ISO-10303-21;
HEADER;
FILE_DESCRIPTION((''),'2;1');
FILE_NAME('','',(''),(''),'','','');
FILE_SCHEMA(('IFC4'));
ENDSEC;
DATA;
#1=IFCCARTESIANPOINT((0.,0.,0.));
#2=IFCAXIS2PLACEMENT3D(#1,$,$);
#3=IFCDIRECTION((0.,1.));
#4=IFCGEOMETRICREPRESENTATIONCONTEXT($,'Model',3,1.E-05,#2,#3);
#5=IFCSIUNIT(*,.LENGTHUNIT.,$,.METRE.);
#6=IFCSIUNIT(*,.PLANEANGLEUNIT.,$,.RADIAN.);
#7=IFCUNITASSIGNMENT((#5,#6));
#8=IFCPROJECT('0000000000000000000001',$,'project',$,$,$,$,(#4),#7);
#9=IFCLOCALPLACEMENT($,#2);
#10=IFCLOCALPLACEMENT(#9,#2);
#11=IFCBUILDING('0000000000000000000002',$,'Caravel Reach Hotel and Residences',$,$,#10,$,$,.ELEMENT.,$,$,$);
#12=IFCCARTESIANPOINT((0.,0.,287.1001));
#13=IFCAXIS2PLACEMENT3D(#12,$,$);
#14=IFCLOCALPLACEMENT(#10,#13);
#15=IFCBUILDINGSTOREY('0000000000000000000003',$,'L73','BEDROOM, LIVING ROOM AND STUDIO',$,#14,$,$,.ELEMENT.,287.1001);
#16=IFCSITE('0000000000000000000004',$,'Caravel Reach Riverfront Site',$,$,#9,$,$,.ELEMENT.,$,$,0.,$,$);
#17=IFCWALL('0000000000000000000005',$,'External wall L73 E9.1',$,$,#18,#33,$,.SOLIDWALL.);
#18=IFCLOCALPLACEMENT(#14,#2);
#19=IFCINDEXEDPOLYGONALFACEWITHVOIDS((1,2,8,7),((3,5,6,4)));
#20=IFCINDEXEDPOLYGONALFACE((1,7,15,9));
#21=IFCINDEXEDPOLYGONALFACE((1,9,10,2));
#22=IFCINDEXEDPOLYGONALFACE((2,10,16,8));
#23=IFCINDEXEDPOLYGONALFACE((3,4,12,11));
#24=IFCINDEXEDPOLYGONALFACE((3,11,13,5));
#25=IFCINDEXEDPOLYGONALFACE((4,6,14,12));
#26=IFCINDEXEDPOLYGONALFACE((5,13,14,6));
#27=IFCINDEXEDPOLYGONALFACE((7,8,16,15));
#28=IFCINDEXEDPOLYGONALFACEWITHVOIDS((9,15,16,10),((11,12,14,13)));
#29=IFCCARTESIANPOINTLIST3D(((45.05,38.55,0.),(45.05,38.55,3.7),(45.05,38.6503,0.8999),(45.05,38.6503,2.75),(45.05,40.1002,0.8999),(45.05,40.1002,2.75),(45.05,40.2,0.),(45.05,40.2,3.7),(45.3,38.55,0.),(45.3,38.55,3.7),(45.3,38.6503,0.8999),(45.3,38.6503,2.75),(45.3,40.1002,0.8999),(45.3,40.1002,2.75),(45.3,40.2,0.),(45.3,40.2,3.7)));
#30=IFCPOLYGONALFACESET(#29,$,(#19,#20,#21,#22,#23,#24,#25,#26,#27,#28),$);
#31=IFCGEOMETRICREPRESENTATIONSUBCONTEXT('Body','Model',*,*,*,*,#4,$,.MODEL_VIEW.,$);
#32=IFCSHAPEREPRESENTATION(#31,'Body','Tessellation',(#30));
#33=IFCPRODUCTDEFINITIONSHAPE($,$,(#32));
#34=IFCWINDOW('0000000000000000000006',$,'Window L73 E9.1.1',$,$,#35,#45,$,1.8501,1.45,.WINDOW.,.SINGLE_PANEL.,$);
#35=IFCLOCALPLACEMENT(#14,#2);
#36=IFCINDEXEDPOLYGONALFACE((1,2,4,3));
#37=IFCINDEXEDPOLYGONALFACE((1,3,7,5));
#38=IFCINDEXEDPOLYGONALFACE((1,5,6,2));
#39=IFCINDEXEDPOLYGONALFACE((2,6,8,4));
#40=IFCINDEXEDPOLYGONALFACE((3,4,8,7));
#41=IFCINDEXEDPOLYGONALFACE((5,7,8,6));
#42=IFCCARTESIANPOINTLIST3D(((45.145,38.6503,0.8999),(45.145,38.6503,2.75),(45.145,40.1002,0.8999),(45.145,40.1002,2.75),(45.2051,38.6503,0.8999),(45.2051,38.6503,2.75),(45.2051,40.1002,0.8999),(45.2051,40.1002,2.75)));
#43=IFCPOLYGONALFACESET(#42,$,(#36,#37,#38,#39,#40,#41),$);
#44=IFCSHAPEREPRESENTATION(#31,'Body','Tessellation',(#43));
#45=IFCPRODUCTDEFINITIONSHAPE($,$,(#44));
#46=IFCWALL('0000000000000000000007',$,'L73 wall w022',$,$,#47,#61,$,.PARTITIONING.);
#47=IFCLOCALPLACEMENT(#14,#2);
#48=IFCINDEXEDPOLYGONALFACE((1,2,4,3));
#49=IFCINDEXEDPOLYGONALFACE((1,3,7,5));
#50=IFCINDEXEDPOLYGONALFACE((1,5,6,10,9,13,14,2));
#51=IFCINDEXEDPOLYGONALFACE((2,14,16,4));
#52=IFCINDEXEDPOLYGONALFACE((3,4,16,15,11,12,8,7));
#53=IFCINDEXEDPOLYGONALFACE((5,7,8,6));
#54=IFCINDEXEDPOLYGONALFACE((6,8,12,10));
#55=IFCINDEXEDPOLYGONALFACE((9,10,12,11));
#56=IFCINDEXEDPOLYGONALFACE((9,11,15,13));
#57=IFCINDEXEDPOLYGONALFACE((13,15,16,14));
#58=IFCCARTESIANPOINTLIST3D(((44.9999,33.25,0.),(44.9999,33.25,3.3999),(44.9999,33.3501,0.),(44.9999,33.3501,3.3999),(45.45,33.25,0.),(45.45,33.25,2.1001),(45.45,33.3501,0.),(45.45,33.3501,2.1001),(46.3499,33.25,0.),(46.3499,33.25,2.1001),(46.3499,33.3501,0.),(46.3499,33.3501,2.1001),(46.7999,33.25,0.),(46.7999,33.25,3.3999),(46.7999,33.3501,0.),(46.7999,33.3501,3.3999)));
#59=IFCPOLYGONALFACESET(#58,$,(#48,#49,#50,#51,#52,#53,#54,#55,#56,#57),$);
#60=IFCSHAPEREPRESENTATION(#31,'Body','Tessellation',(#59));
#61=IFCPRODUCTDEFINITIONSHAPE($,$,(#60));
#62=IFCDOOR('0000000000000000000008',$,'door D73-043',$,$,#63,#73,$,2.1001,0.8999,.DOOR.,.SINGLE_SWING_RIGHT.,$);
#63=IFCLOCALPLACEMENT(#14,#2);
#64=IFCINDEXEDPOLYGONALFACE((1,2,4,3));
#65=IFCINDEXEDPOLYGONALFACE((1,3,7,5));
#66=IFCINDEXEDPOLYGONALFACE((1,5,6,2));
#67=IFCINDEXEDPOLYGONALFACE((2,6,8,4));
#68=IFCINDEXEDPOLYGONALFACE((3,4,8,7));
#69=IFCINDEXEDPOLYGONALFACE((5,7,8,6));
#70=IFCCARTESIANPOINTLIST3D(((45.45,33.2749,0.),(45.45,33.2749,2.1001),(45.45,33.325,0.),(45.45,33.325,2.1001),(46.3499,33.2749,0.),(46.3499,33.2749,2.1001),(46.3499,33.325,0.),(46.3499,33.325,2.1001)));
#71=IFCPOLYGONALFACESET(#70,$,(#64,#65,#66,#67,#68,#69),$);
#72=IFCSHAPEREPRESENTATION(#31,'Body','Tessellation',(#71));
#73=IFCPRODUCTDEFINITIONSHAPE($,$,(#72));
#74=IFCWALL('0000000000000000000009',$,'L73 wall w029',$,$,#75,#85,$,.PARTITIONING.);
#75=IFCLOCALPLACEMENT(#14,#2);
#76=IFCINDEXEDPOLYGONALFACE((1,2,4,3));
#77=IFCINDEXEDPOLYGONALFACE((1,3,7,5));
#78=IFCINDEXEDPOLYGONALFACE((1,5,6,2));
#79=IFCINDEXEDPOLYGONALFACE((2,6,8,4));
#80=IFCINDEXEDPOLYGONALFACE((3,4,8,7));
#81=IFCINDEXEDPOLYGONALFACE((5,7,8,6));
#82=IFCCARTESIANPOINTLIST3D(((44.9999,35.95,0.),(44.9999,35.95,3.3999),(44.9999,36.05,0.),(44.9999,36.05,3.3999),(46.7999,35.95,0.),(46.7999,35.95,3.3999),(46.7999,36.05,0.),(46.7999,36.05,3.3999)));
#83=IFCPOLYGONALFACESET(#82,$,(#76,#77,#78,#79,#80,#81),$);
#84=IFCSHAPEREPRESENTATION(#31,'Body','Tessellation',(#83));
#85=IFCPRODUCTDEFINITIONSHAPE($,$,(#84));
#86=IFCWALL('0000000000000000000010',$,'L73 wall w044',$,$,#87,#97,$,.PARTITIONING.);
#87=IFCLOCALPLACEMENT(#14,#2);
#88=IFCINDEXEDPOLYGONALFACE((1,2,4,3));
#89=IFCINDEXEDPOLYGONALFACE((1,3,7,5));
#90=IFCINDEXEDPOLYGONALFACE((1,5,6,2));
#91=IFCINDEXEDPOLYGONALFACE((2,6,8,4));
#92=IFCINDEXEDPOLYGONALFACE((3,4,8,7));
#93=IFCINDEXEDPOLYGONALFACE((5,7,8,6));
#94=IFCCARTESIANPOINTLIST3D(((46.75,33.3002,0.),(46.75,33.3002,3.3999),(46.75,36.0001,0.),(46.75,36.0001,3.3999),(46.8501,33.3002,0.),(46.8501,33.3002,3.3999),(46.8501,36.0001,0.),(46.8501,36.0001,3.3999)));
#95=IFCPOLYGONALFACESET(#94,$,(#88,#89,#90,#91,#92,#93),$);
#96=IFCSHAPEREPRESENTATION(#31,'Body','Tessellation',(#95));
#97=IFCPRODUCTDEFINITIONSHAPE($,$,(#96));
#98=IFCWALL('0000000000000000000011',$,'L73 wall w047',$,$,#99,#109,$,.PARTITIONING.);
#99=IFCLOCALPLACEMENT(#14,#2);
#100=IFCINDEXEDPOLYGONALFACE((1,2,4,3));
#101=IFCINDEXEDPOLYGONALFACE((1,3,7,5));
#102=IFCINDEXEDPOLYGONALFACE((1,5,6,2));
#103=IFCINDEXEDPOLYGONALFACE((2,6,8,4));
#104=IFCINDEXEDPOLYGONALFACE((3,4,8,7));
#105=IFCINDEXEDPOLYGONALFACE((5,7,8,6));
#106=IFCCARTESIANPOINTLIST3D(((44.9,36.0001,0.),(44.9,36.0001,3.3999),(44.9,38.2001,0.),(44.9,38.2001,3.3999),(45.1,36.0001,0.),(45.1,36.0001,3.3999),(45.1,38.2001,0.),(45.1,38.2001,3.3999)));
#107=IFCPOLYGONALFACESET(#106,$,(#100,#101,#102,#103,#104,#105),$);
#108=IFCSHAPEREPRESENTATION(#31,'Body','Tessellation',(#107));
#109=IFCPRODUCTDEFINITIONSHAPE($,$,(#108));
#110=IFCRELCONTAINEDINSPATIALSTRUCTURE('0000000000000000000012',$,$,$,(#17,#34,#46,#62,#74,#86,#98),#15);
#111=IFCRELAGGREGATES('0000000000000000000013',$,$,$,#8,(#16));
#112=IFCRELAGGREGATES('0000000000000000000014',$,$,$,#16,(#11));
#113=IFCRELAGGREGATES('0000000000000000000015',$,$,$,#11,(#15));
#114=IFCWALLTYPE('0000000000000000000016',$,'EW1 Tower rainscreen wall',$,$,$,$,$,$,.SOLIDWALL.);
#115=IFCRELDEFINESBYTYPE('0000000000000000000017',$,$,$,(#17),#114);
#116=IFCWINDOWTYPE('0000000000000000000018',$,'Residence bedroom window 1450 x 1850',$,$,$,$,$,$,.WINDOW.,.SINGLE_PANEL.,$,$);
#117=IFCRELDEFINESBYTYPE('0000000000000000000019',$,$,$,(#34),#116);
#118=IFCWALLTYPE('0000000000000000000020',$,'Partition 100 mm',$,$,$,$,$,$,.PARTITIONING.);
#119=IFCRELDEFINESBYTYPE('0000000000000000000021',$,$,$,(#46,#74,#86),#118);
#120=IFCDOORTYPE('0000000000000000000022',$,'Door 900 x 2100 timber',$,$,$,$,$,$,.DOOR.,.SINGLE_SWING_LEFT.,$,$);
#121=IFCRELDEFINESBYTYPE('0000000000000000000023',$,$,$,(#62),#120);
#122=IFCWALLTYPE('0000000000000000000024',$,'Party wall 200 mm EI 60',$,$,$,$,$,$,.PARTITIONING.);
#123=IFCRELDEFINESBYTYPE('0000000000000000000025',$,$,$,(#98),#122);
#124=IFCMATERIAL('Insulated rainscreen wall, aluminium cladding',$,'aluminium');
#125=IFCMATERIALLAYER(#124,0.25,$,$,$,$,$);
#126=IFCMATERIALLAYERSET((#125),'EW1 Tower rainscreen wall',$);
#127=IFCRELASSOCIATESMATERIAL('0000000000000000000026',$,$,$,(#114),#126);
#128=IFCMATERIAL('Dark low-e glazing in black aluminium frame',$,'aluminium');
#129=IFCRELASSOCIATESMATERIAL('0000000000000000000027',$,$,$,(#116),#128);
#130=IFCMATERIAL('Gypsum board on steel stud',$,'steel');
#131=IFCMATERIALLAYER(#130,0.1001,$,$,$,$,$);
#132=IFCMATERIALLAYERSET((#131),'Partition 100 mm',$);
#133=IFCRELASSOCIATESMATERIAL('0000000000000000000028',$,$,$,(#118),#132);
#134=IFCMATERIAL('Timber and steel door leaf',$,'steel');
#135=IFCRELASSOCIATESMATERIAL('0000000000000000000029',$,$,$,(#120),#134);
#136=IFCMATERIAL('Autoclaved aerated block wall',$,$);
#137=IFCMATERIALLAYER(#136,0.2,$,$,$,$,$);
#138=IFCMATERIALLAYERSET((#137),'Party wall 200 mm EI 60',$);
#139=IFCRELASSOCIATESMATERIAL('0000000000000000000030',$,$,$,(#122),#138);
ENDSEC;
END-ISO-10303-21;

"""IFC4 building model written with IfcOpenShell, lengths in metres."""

from ifc_helpers import new_model, si_unit, direction, frame, frame_2d, origin, place, context, subcontext, project, spatial, rectangle, extrude, material, layer, layer_set, type_object, element, fill, save


model = new_model("IFC4")

# Units and contexts
model_context = context("Model", 3, precision=1e-05, world=origin(), true_north=direction((0.0, 1.0)))
body_context = subcontext(model_context, "Body", "Model", "MODEL_VIEW")
ifc_project = project(units=[si_unit("LENGTHUNIT", "METRE"), si_unit("PLANEANGLEUNIT", "RADIAN")], contexts=[model_context])

# Site, building, storey
site_placement = place(None, origin())
site = spatial("IfcSite", under=ifc_project, at=site_placement, Name="Caravel Reach Riverfront Site", CompositionType="ELEMENT", RefElevation=0.0)
building_placement = place(site_placement, origin())
building = spatial("IfcBuilding", under=site, at=building_placement, Name="Caravel Reach Hotel and Residences", CompositionType="ELEMENT")
storey_placement = place(building_placement, frame((0.0, 0.0, 287.1001)))
storey = spatial("IfcBuildingStorey", under=building, at=storey_placement, Name="L73", Description="BEDROOM, LIVING ROOM AND STUDIO", CompositionType="ELEMENT", Elevation=287.1001)

# Shared definitions
ifc_material_1 = material(Name="Insulated rainscreen wall, aluminium cladding", Category="aluminium")
ifc_layer_1 = layer(ifc_material_1, 0.25)
ifc_layer_set_1 = layer_set([ifc_layer_1], Name="EW1 Tower rainscreen wall")
wall_type_1 = type_object("IfcWallType", Name="EW1 Tower rainscreen wall", PredefinedType="SOLIDWALL", material=ifc_layer_set_1)

# Wall, opening, window
ifc_material_2 = material(Name="Dark low-e glazing in black aluminium frame", Category="aluminium")
window_type_1 = type_object("IfcWindowType", Name="Residence bedroom window 1450 x 1850", PartitioningType="SINGLE_PANEL", PredefinedType="WINDOW", material=ifc_material_2)
wall_1_placement = place(storey_placement, frame((45.175, 38.55, 0.0), z_axis=(0.0, 0.0, 1.0), x_axis=(0.0, 1.0, 0.0)))
wall_1 = element("IfcWall", 1, at=wall_1_placement, inside=storey, type_object=wall_type_1, Name="External wall L73 E9.1", PredefinedType="SOLIDWALL", context=body_context, shape_type="SweptSolid", body=[
    extrude(rectangle(XDim=1.6499, YDim=0.25, at=frame_2d((0.825, 0.0))), origin(), (0.0, 0.0, 1.0), 3.7),
])
opening_1_placement = place(wall_1_placement, frame((0.1001, 0.0, 0.8999)))
opening_1 = element("IfcOpeningElement", 2, at=opening_1_placement, cuts=wall_1, PredefinedType="OPENING", context=body_context, shape_type="SweptSolid", body=[
    extrude(rectangle(XDim=1.45, YDim=1.8501, at=frame_2d((0.7251, 0.925))), frame((0.0, 0.135, 0.0), z_axis=(0.0, -1.0, 0.0), x_axis=(1.0, 0.0, 0.0)), (0.0, 0.0, 1.0), 0.27),
])
window_1_placement = place(opening_1_placement, origin())
window_1 = element("IfcWindow", 3, at=window_1_placement, inside=storey, type_object=window_type_1, Name="Window L73 E9.1.1", OverallHeight=1.8501, OverallWidth=1.45, PartitioningType="SINGLE_PANEL", PredefinedType="WINDOW", context=body_context, shape_type="SweptSolid", body=[
    extrude(rectangle(XDim=1.45, YDim=1.8501, at=frame_2d((0.7251, 0.925))), frame((0.0, 0.03, 0.0), z_axis=(0.0, -1.0, 0.0), x_axis=(1.0, 0.0, 0.0)), (0.0, 0.0, 1.0), 0.0601),
])
fill(opening_1, window_1)

# Wall, opening, door
ifc_material_3 = material(Name="Gypsum board on steel stud", Category="steel")
ifc_layer_2 = layer(ifc_material_3, 0.1001)
ifc_layer_set_2 = layer_set([ifc_layer_2], Name="Partition 100 mm")
wall_type_2 = type_object("IfcWallType", Name="Partition 100 mm", PredefinedType="PARTITIONING", material=ifc_layer_set_2)
wall_2_placement = place(storey_placement, frame((45.0, 33.3, 0.0), z_axis=(0.0, 0.0, 1.0), x_axis=(1.0, 0.0, 0.0)))
wall_2 = element("IfcWall", 4, at=wall_2_placement, inside=storey, type_object=wall_type_2, Name="L73 wall w022", PredefinedType="PARTITIONING", context=body_context, shape_type="SweptSolid", body=[
    extrude(rectangle(XDim=1.8, YDim=0.1001, at=frame_2d((0.8999, 0.0))), origin(), (0.0, 0.0, 1.0), 3.3999),
])
opening_2_placement = place(wall_2_placement, frame((0.45, 0.0, 0.0)))
opening_2 = element("IfcOpeningElement", 5, at=opening_2_placement, cuts=wall_2, PredefinedType="OPENING", context=body_context, shape_type="SweptSolid", body=[
    extrude(rectangle(XDim=0.8999, YDim=2.1001, at=frame_2d((0.45, 1.05))), frame((0.0, 0.0601, 0.0), z_axis=(0.0, -1.0, 0.0), x_axis=(1.0, 0.0, 0.0)), (0.0, 0.0, 1.0), 0.1201),
])
ifc_material_4 = material(Name="Timber and steel door leaf", Category="steel")
door_type_1 = type_object("IfcDoorType", Name="Door 900 x 2100 timber", OperationType="SINGLE_SWING_LEFT", PredefinedType="DOOR", material=ifc_material_4)
door_1_placement = place(opening_2_placement, origin())
door_1 = element("IfcDoor", 6, at=door_1_placement, inside=storey, type_object=door_type_1, Name="door D73-043", OperationType="SINGLE_SWING_RIGHT", OverallHeight=2.1001, OverallWidth=0.8999, PredefinedType="DOOR", context=body_context, shape_type="SweptSolid", body=[
    extrude(rectangle(XDim=0.8999, YDim=2.1001, at=frame_2d((0.45, 1.05))), frame((0.0, 0.0249, 0.0), z_axis=(0.0, -1.0, 0.0), x_axis=(1.0, 0.0, 0.0)), (0.0, 0.0, 1.0), 0.05),
])
fill(opening_2, door_1)

# Walls
wall_3_placement = place(storey_placement, frame((45.0, 36.0, 0.0), z_axis=(0.0, 0.0, 1.0), x_axis=(1.0, 0.0, 0.0)))
element("IfcWall", 7, at=wall_3_placement, inside=storey, type_object=wall_type_2, Name="L73 wall w029", PredefinedType="PARTITIONING", context=body_context, shape_type="SweptSolid", body=[
    extrude(rectangle(XDim=1.8, YDim=0.1001, at=frame_2d((0.8999, 0.0))), origin(), (0.0, 0.0, 1.0), 3.3999),
])
wall_4_placement = place(storey_placement, frame((46.8, 33.3, 0.0), z_axis=(0.0, 0.0, 1.0), x_axis=(0.0, 1.0, 0.0)))
element("IfcWall", 8, at=wall_4_placement, inside=storey, type_object=wall_type_2, Name="L73 wall w044", PredefinedType="PARTITIONING", context=body_context, shape_type="SweptSolid", body=[
    extrude(rectangle(XDim=2.7, YDim=0.1001, at=frame_2d((1.3501, 0.0))), origin(), (0.0, 0.0, 1.0), 3.3999),
])
ifc_material_5 = material(Name="Autoclaved aerated block wall")
ifc_layer_3 = layer(ifc_material_5, 0.2)
ifc_layer_set_3 = layer_set([ifc_layer_3], Name="Party wall 200 mm EI 60")
wall_type_3 = type_object("IfcWallType", Name="Party wall 200 mm EI 60", PredefinedType="PARTITIONING", material=ifc_layer_set_3)
wall_5_placement = place(storey_placement, frame((45.0, 36.0, 0.0), z_axis=(0.0, 0.0, 1.0), x_axis=(0.0, 1.0, 0.0)))
element("IfcWall", 9, at=wall_5_placement, inside=storey, type_object=wall_type_3, Name="L73 wall w047", PredefinedType="PARTITIONING", context=body_context, shape_type="SweptSolid", body=[
    extrude(rectangle(XDim=2.2, YDim=0.2, at=frame_2d((1.1001, 0.0))), origin(), (0.0, 0.0, 1.0), 3.3999),
])

save(model, "model.ifc")
